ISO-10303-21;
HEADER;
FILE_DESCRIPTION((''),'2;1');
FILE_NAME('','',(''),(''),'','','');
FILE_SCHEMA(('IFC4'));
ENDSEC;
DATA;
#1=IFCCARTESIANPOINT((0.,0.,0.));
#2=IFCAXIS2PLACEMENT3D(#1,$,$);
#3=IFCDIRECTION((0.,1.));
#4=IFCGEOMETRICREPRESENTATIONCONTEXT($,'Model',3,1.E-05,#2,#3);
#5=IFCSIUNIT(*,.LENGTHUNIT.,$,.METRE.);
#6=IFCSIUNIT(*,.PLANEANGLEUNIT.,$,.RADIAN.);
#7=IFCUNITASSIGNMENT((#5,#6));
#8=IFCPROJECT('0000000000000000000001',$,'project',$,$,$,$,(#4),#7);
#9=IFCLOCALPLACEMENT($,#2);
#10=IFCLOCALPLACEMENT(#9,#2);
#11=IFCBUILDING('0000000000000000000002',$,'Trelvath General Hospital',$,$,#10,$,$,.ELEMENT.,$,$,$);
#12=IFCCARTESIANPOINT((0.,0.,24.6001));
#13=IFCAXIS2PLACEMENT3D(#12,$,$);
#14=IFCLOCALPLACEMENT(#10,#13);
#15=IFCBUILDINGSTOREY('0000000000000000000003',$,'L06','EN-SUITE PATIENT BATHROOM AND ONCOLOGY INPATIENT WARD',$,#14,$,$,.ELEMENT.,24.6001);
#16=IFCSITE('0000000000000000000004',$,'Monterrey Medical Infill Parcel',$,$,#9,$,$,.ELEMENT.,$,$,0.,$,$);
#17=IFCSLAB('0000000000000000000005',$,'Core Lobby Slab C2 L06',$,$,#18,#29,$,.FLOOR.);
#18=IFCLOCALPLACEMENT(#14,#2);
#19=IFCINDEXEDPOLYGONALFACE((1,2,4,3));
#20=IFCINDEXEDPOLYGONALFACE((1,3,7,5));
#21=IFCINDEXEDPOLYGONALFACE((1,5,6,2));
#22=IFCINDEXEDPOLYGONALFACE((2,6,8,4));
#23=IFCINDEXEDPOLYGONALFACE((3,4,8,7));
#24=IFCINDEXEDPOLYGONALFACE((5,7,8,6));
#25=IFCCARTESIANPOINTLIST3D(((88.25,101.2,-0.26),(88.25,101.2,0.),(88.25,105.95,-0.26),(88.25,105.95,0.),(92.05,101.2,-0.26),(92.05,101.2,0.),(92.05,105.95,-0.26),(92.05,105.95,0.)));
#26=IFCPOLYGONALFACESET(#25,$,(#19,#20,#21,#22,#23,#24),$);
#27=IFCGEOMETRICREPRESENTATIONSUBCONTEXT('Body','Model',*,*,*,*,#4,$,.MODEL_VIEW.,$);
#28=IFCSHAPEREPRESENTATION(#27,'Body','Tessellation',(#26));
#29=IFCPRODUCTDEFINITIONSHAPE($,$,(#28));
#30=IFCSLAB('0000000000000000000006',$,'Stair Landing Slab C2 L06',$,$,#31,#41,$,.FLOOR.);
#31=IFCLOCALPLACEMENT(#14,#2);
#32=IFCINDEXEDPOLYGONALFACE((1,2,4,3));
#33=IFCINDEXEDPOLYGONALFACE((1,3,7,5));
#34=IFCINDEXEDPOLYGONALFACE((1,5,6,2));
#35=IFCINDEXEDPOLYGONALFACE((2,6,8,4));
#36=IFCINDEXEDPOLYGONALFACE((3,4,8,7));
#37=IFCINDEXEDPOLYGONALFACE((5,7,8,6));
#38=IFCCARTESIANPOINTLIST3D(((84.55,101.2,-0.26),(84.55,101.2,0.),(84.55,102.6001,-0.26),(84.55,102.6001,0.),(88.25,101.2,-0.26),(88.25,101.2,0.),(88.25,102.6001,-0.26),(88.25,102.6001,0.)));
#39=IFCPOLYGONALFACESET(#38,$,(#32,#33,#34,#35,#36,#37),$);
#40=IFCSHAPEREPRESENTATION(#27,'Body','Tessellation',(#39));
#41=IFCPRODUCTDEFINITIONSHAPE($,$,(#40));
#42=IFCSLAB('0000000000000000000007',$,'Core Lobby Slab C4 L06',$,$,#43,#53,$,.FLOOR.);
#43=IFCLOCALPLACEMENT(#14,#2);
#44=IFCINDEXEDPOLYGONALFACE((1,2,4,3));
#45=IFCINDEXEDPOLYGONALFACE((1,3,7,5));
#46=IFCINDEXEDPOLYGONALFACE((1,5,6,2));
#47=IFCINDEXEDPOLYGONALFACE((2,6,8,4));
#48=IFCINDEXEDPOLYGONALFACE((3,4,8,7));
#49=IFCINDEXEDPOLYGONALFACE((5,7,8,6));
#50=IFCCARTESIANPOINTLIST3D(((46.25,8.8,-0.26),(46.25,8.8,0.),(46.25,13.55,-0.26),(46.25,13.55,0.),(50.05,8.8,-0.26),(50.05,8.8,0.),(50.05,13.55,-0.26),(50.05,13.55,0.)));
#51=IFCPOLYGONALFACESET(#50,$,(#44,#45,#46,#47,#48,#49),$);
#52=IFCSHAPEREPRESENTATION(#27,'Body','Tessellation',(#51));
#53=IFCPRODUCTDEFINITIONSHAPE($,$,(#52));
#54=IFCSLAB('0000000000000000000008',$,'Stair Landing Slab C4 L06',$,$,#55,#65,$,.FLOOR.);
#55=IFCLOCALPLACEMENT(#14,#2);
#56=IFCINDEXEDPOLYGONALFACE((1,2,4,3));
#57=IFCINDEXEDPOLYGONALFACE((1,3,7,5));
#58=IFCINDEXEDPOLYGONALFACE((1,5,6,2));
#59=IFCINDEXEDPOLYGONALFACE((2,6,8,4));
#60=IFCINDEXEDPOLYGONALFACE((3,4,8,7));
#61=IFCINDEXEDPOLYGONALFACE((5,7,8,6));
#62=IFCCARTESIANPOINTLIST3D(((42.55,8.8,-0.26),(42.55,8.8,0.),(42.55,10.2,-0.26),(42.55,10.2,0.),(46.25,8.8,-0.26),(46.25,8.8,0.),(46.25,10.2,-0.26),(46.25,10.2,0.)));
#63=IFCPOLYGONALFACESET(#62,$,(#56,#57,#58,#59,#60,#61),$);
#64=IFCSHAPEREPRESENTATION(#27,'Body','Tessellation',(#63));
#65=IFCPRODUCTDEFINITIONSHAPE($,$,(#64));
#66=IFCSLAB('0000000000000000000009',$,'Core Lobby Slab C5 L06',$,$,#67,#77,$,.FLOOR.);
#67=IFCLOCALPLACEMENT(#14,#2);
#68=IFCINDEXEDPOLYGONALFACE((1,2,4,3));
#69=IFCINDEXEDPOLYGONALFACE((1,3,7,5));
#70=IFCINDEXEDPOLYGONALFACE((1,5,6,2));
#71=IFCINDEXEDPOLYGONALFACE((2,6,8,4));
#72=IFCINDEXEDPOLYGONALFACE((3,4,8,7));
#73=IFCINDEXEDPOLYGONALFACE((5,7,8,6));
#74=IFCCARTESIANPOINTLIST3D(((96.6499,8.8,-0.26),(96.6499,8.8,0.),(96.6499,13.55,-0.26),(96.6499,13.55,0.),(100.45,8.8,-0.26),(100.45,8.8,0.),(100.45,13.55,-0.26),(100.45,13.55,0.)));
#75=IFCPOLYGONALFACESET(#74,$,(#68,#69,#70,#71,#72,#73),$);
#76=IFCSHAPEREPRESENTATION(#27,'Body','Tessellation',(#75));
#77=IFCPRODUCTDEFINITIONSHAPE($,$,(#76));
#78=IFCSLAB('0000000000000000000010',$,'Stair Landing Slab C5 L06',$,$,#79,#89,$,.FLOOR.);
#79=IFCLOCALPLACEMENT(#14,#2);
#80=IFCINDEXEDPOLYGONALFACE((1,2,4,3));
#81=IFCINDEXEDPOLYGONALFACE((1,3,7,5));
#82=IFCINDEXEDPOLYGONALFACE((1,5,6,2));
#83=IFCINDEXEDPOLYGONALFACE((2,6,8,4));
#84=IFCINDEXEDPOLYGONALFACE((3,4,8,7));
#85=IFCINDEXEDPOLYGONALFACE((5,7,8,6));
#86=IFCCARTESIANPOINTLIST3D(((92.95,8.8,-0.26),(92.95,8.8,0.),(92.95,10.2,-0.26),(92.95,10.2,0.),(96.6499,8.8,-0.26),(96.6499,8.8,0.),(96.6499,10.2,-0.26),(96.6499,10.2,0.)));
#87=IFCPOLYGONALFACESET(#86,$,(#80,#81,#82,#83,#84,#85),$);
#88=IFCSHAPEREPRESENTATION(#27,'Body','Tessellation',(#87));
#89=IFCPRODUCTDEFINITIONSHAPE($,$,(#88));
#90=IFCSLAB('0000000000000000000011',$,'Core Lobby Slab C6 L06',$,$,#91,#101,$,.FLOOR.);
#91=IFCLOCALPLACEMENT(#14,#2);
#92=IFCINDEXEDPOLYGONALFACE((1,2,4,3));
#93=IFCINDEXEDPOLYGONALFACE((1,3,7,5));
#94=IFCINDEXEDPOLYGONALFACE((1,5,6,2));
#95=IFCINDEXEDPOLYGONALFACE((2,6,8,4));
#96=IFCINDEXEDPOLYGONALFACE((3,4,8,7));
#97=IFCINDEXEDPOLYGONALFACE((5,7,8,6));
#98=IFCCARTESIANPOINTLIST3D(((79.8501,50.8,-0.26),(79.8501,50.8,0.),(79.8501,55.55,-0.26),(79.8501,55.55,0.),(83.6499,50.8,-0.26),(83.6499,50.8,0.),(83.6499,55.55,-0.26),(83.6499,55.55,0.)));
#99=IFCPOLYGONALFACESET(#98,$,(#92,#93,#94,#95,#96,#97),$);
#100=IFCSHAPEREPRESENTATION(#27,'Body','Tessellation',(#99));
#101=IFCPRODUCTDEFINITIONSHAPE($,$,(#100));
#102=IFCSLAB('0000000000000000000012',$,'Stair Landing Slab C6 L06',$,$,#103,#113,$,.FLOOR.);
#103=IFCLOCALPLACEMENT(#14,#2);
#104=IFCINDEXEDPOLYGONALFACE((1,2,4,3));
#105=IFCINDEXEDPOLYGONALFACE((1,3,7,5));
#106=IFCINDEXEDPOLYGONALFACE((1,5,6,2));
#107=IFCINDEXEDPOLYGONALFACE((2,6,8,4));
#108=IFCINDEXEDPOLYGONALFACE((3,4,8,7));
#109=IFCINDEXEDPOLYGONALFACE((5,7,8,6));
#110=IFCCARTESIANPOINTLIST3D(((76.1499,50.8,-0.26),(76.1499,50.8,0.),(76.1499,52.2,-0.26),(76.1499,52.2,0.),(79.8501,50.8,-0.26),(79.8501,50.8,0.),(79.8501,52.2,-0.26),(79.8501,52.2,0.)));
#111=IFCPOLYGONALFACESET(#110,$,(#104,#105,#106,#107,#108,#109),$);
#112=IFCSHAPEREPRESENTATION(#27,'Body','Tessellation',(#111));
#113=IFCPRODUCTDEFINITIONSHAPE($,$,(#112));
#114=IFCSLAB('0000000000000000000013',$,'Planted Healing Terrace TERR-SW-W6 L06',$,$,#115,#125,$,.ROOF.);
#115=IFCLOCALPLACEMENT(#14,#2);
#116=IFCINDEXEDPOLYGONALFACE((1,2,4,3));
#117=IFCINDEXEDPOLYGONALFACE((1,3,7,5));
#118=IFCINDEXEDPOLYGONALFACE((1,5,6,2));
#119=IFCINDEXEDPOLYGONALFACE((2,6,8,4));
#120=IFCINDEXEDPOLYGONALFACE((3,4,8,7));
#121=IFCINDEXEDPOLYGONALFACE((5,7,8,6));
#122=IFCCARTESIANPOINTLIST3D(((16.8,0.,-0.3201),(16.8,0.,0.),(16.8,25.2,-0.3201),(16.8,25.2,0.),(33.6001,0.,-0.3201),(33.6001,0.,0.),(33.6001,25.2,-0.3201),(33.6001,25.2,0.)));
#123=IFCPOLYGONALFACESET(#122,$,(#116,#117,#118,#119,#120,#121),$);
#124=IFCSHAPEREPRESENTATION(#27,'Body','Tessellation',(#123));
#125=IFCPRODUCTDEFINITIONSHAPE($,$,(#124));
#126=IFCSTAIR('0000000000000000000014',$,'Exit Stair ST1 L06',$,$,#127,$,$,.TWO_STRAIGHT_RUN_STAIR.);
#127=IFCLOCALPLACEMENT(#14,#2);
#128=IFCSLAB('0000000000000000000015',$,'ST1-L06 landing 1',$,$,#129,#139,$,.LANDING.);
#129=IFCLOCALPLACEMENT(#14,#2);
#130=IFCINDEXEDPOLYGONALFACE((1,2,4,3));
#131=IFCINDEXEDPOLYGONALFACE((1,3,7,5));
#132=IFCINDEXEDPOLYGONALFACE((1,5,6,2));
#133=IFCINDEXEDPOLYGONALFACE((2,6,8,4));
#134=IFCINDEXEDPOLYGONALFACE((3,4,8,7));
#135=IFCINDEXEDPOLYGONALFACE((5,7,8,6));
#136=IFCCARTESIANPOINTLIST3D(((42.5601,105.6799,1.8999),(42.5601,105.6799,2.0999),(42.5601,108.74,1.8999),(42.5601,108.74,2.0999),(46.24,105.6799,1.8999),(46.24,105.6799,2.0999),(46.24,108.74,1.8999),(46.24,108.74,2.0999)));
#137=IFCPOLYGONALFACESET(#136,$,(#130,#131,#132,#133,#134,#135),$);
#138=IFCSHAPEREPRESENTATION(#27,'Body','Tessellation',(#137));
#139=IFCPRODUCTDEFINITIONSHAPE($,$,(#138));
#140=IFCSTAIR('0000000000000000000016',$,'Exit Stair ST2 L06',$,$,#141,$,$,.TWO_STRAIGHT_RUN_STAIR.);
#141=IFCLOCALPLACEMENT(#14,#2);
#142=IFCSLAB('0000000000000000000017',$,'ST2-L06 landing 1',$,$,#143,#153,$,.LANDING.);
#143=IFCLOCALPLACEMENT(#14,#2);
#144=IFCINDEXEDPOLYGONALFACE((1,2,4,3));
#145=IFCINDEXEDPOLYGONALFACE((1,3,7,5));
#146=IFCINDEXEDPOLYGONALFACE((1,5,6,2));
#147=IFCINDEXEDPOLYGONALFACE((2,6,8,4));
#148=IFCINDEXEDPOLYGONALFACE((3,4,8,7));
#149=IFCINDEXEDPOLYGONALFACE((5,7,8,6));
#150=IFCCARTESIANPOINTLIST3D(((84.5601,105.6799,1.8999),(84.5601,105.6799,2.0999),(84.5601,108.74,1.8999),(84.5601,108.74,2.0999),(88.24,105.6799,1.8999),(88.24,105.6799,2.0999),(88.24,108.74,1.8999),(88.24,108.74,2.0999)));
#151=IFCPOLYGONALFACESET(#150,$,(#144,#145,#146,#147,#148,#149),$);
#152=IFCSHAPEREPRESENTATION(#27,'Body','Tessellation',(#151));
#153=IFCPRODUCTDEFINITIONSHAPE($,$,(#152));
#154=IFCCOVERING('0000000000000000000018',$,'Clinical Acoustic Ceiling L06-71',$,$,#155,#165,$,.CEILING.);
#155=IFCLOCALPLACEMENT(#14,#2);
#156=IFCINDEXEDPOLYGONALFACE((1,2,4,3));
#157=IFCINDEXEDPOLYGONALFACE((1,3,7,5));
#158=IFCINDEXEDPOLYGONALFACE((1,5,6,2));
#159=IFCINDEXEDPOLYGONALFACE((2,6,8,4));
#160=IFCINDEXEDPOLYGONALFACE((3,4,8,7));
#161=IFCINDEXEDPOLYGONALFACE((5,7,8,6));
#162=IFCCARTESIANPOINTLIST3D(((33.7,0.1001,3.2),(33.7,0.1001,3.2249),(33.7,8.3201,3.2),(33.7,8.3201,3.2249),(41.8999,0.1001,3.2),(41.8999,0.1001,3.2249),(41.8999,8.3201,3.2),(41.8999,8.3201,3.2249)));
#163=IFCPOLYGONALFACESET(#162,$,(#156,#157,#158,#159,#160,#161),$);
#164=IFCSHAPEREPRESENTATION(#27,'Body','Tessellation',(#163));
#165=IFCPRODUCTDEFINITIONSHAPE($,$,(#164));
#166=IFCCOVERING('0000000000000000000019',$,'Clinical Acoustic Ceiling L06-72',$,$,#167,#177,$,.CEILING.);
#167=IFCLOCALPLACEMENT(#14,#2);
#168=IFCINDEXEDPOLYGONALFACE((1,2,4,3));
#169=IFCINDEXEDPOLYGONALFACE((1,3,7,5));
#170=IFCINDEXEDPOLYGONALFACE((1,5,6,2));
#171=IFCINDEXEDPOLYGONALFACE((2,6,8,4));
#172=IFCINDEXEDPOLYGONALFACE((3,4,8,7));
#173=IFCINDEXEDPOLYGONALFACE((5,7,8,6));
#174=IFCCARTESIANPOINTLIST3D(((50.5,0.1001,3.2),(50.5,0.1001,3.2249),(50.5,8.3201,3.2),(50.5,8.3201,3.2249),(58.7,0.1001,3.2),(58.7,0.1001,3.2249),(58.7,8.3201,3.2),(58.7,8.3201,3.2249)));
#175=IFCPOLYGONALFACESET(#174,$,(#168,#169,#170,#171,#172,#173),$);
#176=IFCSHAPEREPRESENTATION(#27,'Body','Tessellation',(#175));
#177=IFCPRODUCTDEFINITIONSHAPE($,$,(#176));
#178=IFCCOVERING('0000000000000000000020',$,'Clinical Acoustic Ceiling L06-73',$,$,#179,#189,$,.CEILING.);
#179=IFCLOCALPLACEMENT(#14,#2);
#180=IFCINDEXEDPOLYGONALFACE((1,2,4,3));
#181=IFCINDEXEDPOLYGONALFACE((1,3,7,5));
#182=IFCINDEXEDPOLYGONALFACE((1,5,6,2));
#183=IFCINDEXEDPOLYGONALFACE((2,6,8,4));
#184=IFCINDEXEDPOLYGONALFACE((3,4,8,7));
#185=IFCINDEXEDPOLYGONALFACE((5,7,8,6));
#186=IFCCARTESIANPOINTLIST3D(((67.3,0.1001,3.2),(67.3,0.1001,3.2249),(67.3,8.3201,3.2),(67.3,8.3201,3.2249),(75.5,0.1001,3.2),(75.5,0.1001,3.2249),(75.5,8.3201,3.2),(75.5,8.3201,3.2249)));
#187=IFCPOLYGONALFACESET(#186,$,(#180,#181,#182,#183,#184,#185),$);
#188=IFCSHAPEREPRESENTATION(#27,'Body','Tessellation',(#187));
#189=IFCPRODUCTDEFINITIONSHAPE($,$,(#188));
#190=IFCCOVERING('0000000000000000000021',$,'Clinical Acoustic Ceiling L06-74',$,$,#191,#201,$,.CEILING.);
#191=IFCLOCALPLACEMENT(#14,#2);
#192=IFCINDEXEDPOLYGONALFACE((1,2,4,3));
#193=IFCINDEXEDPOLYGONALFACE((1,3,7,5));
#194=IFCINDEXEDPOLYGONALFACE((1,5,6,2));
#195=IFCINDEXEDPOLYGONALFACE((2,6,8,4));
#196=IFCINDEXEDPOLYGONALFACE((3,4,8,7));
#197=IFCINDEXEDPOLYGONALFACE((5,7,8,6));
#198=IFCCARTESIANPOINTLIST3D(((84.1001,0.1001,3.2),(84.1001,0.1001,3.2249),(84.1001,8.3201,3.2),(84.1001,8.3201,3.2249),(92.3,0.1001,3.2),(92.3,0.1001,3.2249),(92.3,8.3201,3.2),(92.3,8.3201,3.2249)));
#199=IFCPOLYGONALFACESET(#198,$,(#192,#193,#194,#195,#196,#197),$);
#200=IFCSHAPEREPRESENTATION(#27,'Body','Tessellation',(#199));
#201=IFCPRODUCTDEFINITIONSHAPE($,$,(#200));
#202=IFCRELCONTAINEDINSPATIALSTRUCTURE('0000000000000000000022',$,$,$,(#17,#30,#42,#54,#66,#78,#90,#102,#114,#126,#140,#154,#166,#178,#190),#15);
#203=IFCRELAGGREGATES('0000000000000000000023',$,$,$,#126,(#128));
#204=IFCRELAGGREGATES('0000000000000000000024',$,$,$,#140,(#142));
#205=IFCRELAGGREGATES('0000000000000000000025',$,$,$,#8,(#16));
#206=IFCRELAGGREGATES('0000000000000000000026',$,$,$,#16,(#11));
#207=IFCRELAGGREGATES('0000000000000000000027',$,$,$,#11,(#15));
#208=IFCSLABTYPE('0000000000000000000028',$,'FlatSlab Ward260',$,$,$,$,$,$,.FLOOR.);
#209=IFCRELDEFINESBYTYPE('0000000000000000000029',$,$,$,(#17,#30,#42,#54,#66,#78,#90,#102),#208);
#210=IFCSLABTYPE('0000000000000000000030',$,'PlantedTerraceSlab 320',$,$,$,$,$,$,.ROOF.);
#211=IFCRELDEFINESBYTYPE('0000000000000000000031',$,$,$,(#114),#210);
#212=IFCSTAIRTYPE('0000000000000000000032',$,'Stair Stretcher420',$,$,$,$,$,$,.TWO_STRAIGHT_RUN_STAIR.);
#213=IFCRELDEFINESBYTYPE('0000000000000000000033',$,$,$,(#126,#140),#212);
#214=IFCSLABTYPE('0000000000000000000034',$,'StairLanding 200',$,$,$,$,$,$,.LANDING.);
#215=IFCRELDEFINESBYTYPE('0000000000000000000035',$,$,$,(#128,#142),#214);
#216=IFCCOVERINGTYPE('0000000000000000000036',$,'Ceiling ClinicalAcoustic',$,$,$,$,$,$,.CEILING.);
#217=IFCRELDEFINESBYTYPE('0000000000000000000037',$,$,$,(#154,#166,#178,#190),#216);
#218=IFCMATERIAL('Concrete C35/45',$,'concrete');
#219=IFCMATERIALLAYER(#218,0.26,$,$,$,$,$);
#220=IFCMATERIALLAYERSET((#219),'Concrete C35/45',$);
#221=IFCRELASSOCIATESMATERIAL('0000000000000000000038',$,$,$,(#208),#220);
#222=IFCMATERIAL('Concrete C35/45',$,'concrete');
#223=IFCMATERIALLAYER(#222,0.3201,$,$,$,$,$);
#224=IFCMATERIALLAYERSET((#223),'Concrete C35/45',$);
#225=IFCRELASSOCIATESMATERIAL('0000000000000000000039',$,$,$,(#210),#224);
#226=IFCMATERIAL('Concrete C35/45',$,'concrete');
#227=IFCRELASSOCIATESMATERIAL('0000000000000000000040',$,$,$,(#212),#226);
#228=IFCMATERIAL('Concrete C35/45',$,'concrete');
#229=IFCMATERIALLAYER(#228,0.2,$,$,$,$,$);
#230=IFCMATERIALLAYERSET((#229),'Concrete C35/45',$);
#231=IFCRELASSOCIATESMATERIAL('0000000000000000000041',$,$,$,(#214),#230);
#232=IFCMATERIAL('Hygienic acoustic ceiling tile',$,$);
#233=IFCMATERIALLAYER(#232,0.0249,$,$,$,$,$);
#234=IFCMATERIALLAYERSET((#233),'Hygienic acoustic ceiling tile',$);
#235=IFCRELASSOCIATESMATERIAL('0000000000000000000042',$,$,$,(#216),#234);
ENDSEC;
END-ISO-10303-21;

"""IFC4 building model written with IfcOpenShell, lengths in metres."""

from ifc_helpers import new_model, si_unit, direction, frame, origin, place, context, subcontext, project, spatial, polyline, outline, extrude, material, layer, layer_set, type_object, element, aggregate, save


model = new_model("IFC4")

# Units and contexts
model_context = context("Model", 3, precision=1e-05, world=origin(), true_north=direction((0.0, 1.0)))
body_context = subcontext(model_context, "Body", "Model", "MODEL_VIEW")
ifc_project = project(units=[si_unit("LENGTHUNIT", "METRE"), si_unit("PLANEANGLEUNIT", "RADIAN")], contexts=[model_context])

# Site, building, storey
site_placement = place(None, origin())
site = spatial("IfcSite", under=ifc_project, at=site_placement, Name="Monterrey Medical Infill Parcel", CompositionType="ELEMENT", RefElevation=0.0)
building_placement = place(site_placement, origin())
building = spatial("IfcBuilding", under=site, at=building_placement, Name="Trelvath General Hospital", CompositionType="ELEMENT")
storey_placement = place(building_placement, frame((0.0, 0.0, 24.6001)))
storey = spatial("IfcBuildingStorey", under=building, at=storey_placement, Name="L06", Description="EN-SUITE PATIENT BATHROOM AND ONCOLOGY INPATIENT WARD", CompositionType="ELEMENT", Elevation=24.6001)

# Slabs
ifc_material_1 = material(Name="Concrete C35/45", Category="concrete")
ifc_layer_1 = layer(ifc_material_1, 0.26)
ifc_layer_set_1 = layer_set([ifc_layer_1], Name="Concrete C35/45")
slab_type_1 = type_object("IfcSlabType", Name="FlatSlab Ward260", PredefinedType="FLOOR", material=ifc_layer_set_1)
slab_1_placement = place(storey_placement, frame((0.0, 0.0, -0.26)))
element("IfcSlab", 1, at=slab_1_placement, inside=storey, type_object=slab_type_1, Name="Core Lobby Slab C2 L06", PredefinedType="FLOOR", context=body_context, shape_type="SweptSolid", body=[
    extrude(outline(polyline([(88.25, 101.2), (92.05, 101.2), (92.05, 105.95), (88.25, 105.95), (88.25, 101.2)])), origin(), (0.0, 0.0, 1.0), 0.26),
])
slab_2_placement = place(storey_placement, frame((0.0, 0.0, -0.26)))
element("IfcSlab", 2, at=slab_2_placement, inside=storey, type_object=slab_type_1, Name="Stair Landing Slab C2 L06", PredefinedType="FLOOR", context=body_context, shape_type="SweptSolid", body=[
    extrude(outline(polyline([(84.55, 101.2), (88.25, 101.2), (88.25, 102.6001), (84.55, 102.6001), (84.55, 101.2)])), origin(), (0.0, 0.0, 1.0), 0.26),
])
slab_3_placement = place(storey_placement, frame((0.0, 0.0, -0.26)))
element("IfcSlab", 3, at=slab_3_placement, inside=storey, type_object=slab_type_1, Name="Core Lobby Slab C4 L06", PredefinedType="FLOOR", context=body_context, shape_type="SweptSolid", body=[
    extrude(outline(polyline([(46.25, 8.8), (50.05, 8.8), (50.05, 13.55), (46.25, 13.55), (46.25, 8.8)])), origin(), (0.0, 0.0, 1.0), 0.26),
])
slab_4_placement = place(storey_placement, frame((0.0, 0.0, -0.26)))
element("IfcSlab", 4, at=slab_4_placement, inside=storey, type_object=slab_type_1, Name="Stair Landing Slab C4 L06", PredefinedType="FLOOR", context=body_context, shape_type="SweptSolid", body=[
    extrude(outline(polyline([(42.55, 8.8), (46.25, 8.8), (46.25, 10.2), (42.55, 10.2), (42.55, 8.8)])), origin(), (0.0, 0.0, 1.0), 0.26),
])
slab_5_placement = place(storey_placement, frame((0.0, 0.0, -0.26)))
element("IfcSlab", 5, at=slab_5_placement, inside=storey, type_object=slab_type_1, Name="Core Lobby Slab C5 L06", PredefinedType="FLOOR", context=body_context, shape_type="SweptSolid", body=[
    extrude(outline(polyline([(96.6499, 8.8), (100.45, 8.8), (100.45, 13.55), (96.6499, 13.55), (96.6499, 8.8)])), origin(), (0.0, 0.0, 1.0), 0.26),
])
slab_6_placement = place(storey_placement, frame((0.0, 0.0, -0.26)))
element("IfcSlab", 6, at=slab_6_placement, inside=storey, type_object=slab_type_1, Name="Stair Landing Slab C5 L06", PredefinedType="FLOOR", context=body_context, shape_type="SweptSolid", body=[
    extrude(outline(polyline([(92.95, 8.8), (96.6499, 8.8), (96.6499, 10.2), (92.95, 10.2), (92.95, 8.8)])), origin(), (0.0, 0.0, 1.0), 0.26),
])
slab_7_placement = place(storey_placement, frame((0.0, 0.0, -0.26)))
element("IfcSlab", 7, at=slab_7_placement, inside=storey, type_object=slab_type_1, Name="Core Lobby Slab C6 L06", PredefinedType="FLOOR", context=body_context, shape_type="SweptSolid", body=[
    extrude(outline(polyline([(79.8501, 50.8), (83.6499, 50.8), (83.6499, 55.55), (79.8501, 55.55), (79.8501, 50.8)])), origin(), (0.0, 0.0, 1.0), 0.26),
])
slab_8_placement = place(storey_placement, frame((0.0, 0.0, -0.26)))
element("IfcSlab", 8, at=slab_8_placement, inside=storey, type_object=slab_type_1, Name="Stair Landing Slab C6 L06", PredefinedType="FLOOR", context=body_context, shape_type="SweptSolid", body=[
    extrude(outline(polyline([(76.1499, 50.8), (79.8501, 50.8), (79.8501, 52.2), (76.1499, 52.2), (76.1499, 50.8)])), origin(), (0.0, 0.0, 1.0), 0.26),
])
ifc_material_2 = material(Name="Concrete C35/45", Category="concrete")
ifc_layer_2 = layer(ifc_material_2, 0.3201)
ifc_layer_set_2 = layer_set([ifc_layer_2], Name="Concrete C35/45")
slab_type_2 = type_object("IfcSlabType", Name="PlantedTerraceSlab 320", PredefinedType="ROOF", material=ifc_layer_set_2)
slab_9_placement = place(storey_placement, frame((0.0, 0.0, -0.3201)))
element("IfcSlab", 9, at=slab_9_placement, inside=storey, type_object=slab_type_2, Name="Planted Healing Terrace TERR-SW-W6 L06", PredefinedType="ROOF", context=body_context, shape_type="SweptSolid", body=[
    extrude(outline(polyline([(16.8, 0.0), (33.6001, 0.0), (33.6001, 25.2), (16.8, 25.2), (16.8, 0.0)])), origin(), (0.0, 0.0, 1.0), 0.3201),
])

# Stairs, slabs
ifc_material_3 = material(Name="Concrete C35/45", Category="concrete")
stair_type = type_object("IfcStairType", Name="Stair Stretcher420", PredefinedType="TWO_STRAIGHT_RUN_STAIR", material=ifc_material_3)
stair_1_placement = place(storey_placement, origin())
stair_1 = element("IfcStair", 10, at=stair_1_placement, inside=storey, type_object=stair_type, Name="Exit Stair ST1 L06", PredefinedType="TWO_STRAIGHT_RUN_STAIR")
ifc_material_4 = material(Name="Concrete C35/45", Category="concrete")
ifc_layer_3 = layer(ifc_material_4, 0.2)
ifc_layer_set_3 = layer_set([ifc_layer_3], Name="Concrete C35/45")
slab_type_3 = type_object("IfcSlabType", Name="StairLanding 200", PredefinedType="LANDING", material=ifc_layer_set_3)
slab_10_placement = place(storey_placement, frame((0.0, 0.0, 1.8999)))
slab_10 = element("IfcSlab", 11, at=slab_10_placement, type_object=slab_type_3, Name="ST1-L06 landing 1", PredefinedType="LANDING", context=body_context, shape_type="SweptSolid", body=[
    extrude(outline(polyline([(42.5601, 105.6799), (46.24, 105.6799), (46.24, 108.74), (42.5601, 108.74), (42.5601, 105.6799)])), origin(), (0.0, 0.0, 1.0), 0.2),
])
aggregate(stair_1, [slab_10])
stair_2_placement = place(storey_placement, origin())
stair_2 = element("IfcStair", 12, at=stair_2_placement, inside=storey, type_object=stair_type, Name="Exit Stair ST2 L06", PredefinedType="TWO_STRAIGHT_RUN_STAIR")
slab_11_placement = place(storey_placement, frame((0.0, 0.0, 1.8999)))
slab_11 = element("IfcSlab", 13, at=slab_11_placement, type_object=slab_type_3, Name="ST2-L06 landing 1", PredefinedType="LANDING", context=body_context, shape_type="SweptSolid", body=[
    extrude(outline(polyline([(84.5601, 105.6799), (88.24, 105.6799), (88.24, 108.74), (84.5601, 108.74), (84.5601, 105.6799)])), origin(), (0.0, 0.0, 1.0), 0.2),
])
aggregate(stair_2, [slab_11])

# Coverings
ifc_material_5 = material(Name="Hygienic acoustic ceiling tile")
ifc_layer_4 = layer(ifc_material_5, 0.0249)
ifc_layer_set_4 = layer_set([ifc_layer_4], Name="Hygienic acoustic ceiling tile")
covering_type_1 = type_object("IfcCoveringType", Name="Ceiling ClinicalAcoustic", PredefinedType="CEILING", material=ifc_layer_set_4)
covering_1_placement = place(storey_placement, frame((0.0, 0.0, 3.2)))
element("IfcCovering", 14, at=covering_1_placement, inside=storey, type_object=covering_type_1, Name="Clinical Acoustic Ceiling L06-71", PredefinedType="CEILING", context=body_context, shape_type="SweptSolid", body=[
    extrude(outline(polyline([(33.7, 0.1001), (41.8999, 0.1001), (41.8999, 8.3201), (33.7, 8.3201), (33.7, 0.1001)])), origin(), (0.0, 0.0, 1.0), 0.0249),
])
covering_2_placement = place(storey_placement, frame((0.0, 0.0, 3.2)))
element("IfcCovering", 15, at=covering_2_placement, inside=storey, type_object=covering_type_1, Name="Clinical Acoustic Ceiling L06-72", PredefinedType="CEILING", context=body_context, shape_type="SweptSolid", body=[
    extrude(outline(polyline([(50.5, 0.1001), (58.7, 0.1001), (58.7, 8.3201), (50.5, 8.3201), (50.5, 0.1001)])), origin(), (0.0, 0.0, 1.0), 0.0249),
])
covering_3_placement = place(storey_placement, frame((0.0, 0.0, 3.2)))
element("IfcCovering", 16, at=covering_3_placement, inside=storey, type_object=covering_type_1, Name="Clinical Acoustic Ceiling L06-73", PredefinedType="CEILING", context=body_context, shape_type="SweptSolid", body=[
    extrude(outline(polyline([(67.3, 0.1001), (75.5, 0.1001), (75.5, 8.3201), (67.3, 8.3201), (67.3, 0.1001)])), origin(), (0.0, 0.0, 1.0), 0.0249),
])
covering_4_placement = place(storey_placement, frame((0.0, 0.0, 3.2)))
element("IfcCovering", 17, at=covering_4_placement, inside=storey, type_object=covering_type_1, Name="Clinical Acoustic Ceiling L06-74", PredefinedType="CEILING", context=body_context, shape_type="SweptSolid", body=[
    extrude(outline(polyline([(84.1001, 0.1001), (92.3, 0.1001), (92.3, 8.3201), (84.1001, 8.3201), (84.1001, 0.1001)])), origin(), (0.0, 0.0, 1.0), 0.0249),
])

save(model, "model.ifc")
